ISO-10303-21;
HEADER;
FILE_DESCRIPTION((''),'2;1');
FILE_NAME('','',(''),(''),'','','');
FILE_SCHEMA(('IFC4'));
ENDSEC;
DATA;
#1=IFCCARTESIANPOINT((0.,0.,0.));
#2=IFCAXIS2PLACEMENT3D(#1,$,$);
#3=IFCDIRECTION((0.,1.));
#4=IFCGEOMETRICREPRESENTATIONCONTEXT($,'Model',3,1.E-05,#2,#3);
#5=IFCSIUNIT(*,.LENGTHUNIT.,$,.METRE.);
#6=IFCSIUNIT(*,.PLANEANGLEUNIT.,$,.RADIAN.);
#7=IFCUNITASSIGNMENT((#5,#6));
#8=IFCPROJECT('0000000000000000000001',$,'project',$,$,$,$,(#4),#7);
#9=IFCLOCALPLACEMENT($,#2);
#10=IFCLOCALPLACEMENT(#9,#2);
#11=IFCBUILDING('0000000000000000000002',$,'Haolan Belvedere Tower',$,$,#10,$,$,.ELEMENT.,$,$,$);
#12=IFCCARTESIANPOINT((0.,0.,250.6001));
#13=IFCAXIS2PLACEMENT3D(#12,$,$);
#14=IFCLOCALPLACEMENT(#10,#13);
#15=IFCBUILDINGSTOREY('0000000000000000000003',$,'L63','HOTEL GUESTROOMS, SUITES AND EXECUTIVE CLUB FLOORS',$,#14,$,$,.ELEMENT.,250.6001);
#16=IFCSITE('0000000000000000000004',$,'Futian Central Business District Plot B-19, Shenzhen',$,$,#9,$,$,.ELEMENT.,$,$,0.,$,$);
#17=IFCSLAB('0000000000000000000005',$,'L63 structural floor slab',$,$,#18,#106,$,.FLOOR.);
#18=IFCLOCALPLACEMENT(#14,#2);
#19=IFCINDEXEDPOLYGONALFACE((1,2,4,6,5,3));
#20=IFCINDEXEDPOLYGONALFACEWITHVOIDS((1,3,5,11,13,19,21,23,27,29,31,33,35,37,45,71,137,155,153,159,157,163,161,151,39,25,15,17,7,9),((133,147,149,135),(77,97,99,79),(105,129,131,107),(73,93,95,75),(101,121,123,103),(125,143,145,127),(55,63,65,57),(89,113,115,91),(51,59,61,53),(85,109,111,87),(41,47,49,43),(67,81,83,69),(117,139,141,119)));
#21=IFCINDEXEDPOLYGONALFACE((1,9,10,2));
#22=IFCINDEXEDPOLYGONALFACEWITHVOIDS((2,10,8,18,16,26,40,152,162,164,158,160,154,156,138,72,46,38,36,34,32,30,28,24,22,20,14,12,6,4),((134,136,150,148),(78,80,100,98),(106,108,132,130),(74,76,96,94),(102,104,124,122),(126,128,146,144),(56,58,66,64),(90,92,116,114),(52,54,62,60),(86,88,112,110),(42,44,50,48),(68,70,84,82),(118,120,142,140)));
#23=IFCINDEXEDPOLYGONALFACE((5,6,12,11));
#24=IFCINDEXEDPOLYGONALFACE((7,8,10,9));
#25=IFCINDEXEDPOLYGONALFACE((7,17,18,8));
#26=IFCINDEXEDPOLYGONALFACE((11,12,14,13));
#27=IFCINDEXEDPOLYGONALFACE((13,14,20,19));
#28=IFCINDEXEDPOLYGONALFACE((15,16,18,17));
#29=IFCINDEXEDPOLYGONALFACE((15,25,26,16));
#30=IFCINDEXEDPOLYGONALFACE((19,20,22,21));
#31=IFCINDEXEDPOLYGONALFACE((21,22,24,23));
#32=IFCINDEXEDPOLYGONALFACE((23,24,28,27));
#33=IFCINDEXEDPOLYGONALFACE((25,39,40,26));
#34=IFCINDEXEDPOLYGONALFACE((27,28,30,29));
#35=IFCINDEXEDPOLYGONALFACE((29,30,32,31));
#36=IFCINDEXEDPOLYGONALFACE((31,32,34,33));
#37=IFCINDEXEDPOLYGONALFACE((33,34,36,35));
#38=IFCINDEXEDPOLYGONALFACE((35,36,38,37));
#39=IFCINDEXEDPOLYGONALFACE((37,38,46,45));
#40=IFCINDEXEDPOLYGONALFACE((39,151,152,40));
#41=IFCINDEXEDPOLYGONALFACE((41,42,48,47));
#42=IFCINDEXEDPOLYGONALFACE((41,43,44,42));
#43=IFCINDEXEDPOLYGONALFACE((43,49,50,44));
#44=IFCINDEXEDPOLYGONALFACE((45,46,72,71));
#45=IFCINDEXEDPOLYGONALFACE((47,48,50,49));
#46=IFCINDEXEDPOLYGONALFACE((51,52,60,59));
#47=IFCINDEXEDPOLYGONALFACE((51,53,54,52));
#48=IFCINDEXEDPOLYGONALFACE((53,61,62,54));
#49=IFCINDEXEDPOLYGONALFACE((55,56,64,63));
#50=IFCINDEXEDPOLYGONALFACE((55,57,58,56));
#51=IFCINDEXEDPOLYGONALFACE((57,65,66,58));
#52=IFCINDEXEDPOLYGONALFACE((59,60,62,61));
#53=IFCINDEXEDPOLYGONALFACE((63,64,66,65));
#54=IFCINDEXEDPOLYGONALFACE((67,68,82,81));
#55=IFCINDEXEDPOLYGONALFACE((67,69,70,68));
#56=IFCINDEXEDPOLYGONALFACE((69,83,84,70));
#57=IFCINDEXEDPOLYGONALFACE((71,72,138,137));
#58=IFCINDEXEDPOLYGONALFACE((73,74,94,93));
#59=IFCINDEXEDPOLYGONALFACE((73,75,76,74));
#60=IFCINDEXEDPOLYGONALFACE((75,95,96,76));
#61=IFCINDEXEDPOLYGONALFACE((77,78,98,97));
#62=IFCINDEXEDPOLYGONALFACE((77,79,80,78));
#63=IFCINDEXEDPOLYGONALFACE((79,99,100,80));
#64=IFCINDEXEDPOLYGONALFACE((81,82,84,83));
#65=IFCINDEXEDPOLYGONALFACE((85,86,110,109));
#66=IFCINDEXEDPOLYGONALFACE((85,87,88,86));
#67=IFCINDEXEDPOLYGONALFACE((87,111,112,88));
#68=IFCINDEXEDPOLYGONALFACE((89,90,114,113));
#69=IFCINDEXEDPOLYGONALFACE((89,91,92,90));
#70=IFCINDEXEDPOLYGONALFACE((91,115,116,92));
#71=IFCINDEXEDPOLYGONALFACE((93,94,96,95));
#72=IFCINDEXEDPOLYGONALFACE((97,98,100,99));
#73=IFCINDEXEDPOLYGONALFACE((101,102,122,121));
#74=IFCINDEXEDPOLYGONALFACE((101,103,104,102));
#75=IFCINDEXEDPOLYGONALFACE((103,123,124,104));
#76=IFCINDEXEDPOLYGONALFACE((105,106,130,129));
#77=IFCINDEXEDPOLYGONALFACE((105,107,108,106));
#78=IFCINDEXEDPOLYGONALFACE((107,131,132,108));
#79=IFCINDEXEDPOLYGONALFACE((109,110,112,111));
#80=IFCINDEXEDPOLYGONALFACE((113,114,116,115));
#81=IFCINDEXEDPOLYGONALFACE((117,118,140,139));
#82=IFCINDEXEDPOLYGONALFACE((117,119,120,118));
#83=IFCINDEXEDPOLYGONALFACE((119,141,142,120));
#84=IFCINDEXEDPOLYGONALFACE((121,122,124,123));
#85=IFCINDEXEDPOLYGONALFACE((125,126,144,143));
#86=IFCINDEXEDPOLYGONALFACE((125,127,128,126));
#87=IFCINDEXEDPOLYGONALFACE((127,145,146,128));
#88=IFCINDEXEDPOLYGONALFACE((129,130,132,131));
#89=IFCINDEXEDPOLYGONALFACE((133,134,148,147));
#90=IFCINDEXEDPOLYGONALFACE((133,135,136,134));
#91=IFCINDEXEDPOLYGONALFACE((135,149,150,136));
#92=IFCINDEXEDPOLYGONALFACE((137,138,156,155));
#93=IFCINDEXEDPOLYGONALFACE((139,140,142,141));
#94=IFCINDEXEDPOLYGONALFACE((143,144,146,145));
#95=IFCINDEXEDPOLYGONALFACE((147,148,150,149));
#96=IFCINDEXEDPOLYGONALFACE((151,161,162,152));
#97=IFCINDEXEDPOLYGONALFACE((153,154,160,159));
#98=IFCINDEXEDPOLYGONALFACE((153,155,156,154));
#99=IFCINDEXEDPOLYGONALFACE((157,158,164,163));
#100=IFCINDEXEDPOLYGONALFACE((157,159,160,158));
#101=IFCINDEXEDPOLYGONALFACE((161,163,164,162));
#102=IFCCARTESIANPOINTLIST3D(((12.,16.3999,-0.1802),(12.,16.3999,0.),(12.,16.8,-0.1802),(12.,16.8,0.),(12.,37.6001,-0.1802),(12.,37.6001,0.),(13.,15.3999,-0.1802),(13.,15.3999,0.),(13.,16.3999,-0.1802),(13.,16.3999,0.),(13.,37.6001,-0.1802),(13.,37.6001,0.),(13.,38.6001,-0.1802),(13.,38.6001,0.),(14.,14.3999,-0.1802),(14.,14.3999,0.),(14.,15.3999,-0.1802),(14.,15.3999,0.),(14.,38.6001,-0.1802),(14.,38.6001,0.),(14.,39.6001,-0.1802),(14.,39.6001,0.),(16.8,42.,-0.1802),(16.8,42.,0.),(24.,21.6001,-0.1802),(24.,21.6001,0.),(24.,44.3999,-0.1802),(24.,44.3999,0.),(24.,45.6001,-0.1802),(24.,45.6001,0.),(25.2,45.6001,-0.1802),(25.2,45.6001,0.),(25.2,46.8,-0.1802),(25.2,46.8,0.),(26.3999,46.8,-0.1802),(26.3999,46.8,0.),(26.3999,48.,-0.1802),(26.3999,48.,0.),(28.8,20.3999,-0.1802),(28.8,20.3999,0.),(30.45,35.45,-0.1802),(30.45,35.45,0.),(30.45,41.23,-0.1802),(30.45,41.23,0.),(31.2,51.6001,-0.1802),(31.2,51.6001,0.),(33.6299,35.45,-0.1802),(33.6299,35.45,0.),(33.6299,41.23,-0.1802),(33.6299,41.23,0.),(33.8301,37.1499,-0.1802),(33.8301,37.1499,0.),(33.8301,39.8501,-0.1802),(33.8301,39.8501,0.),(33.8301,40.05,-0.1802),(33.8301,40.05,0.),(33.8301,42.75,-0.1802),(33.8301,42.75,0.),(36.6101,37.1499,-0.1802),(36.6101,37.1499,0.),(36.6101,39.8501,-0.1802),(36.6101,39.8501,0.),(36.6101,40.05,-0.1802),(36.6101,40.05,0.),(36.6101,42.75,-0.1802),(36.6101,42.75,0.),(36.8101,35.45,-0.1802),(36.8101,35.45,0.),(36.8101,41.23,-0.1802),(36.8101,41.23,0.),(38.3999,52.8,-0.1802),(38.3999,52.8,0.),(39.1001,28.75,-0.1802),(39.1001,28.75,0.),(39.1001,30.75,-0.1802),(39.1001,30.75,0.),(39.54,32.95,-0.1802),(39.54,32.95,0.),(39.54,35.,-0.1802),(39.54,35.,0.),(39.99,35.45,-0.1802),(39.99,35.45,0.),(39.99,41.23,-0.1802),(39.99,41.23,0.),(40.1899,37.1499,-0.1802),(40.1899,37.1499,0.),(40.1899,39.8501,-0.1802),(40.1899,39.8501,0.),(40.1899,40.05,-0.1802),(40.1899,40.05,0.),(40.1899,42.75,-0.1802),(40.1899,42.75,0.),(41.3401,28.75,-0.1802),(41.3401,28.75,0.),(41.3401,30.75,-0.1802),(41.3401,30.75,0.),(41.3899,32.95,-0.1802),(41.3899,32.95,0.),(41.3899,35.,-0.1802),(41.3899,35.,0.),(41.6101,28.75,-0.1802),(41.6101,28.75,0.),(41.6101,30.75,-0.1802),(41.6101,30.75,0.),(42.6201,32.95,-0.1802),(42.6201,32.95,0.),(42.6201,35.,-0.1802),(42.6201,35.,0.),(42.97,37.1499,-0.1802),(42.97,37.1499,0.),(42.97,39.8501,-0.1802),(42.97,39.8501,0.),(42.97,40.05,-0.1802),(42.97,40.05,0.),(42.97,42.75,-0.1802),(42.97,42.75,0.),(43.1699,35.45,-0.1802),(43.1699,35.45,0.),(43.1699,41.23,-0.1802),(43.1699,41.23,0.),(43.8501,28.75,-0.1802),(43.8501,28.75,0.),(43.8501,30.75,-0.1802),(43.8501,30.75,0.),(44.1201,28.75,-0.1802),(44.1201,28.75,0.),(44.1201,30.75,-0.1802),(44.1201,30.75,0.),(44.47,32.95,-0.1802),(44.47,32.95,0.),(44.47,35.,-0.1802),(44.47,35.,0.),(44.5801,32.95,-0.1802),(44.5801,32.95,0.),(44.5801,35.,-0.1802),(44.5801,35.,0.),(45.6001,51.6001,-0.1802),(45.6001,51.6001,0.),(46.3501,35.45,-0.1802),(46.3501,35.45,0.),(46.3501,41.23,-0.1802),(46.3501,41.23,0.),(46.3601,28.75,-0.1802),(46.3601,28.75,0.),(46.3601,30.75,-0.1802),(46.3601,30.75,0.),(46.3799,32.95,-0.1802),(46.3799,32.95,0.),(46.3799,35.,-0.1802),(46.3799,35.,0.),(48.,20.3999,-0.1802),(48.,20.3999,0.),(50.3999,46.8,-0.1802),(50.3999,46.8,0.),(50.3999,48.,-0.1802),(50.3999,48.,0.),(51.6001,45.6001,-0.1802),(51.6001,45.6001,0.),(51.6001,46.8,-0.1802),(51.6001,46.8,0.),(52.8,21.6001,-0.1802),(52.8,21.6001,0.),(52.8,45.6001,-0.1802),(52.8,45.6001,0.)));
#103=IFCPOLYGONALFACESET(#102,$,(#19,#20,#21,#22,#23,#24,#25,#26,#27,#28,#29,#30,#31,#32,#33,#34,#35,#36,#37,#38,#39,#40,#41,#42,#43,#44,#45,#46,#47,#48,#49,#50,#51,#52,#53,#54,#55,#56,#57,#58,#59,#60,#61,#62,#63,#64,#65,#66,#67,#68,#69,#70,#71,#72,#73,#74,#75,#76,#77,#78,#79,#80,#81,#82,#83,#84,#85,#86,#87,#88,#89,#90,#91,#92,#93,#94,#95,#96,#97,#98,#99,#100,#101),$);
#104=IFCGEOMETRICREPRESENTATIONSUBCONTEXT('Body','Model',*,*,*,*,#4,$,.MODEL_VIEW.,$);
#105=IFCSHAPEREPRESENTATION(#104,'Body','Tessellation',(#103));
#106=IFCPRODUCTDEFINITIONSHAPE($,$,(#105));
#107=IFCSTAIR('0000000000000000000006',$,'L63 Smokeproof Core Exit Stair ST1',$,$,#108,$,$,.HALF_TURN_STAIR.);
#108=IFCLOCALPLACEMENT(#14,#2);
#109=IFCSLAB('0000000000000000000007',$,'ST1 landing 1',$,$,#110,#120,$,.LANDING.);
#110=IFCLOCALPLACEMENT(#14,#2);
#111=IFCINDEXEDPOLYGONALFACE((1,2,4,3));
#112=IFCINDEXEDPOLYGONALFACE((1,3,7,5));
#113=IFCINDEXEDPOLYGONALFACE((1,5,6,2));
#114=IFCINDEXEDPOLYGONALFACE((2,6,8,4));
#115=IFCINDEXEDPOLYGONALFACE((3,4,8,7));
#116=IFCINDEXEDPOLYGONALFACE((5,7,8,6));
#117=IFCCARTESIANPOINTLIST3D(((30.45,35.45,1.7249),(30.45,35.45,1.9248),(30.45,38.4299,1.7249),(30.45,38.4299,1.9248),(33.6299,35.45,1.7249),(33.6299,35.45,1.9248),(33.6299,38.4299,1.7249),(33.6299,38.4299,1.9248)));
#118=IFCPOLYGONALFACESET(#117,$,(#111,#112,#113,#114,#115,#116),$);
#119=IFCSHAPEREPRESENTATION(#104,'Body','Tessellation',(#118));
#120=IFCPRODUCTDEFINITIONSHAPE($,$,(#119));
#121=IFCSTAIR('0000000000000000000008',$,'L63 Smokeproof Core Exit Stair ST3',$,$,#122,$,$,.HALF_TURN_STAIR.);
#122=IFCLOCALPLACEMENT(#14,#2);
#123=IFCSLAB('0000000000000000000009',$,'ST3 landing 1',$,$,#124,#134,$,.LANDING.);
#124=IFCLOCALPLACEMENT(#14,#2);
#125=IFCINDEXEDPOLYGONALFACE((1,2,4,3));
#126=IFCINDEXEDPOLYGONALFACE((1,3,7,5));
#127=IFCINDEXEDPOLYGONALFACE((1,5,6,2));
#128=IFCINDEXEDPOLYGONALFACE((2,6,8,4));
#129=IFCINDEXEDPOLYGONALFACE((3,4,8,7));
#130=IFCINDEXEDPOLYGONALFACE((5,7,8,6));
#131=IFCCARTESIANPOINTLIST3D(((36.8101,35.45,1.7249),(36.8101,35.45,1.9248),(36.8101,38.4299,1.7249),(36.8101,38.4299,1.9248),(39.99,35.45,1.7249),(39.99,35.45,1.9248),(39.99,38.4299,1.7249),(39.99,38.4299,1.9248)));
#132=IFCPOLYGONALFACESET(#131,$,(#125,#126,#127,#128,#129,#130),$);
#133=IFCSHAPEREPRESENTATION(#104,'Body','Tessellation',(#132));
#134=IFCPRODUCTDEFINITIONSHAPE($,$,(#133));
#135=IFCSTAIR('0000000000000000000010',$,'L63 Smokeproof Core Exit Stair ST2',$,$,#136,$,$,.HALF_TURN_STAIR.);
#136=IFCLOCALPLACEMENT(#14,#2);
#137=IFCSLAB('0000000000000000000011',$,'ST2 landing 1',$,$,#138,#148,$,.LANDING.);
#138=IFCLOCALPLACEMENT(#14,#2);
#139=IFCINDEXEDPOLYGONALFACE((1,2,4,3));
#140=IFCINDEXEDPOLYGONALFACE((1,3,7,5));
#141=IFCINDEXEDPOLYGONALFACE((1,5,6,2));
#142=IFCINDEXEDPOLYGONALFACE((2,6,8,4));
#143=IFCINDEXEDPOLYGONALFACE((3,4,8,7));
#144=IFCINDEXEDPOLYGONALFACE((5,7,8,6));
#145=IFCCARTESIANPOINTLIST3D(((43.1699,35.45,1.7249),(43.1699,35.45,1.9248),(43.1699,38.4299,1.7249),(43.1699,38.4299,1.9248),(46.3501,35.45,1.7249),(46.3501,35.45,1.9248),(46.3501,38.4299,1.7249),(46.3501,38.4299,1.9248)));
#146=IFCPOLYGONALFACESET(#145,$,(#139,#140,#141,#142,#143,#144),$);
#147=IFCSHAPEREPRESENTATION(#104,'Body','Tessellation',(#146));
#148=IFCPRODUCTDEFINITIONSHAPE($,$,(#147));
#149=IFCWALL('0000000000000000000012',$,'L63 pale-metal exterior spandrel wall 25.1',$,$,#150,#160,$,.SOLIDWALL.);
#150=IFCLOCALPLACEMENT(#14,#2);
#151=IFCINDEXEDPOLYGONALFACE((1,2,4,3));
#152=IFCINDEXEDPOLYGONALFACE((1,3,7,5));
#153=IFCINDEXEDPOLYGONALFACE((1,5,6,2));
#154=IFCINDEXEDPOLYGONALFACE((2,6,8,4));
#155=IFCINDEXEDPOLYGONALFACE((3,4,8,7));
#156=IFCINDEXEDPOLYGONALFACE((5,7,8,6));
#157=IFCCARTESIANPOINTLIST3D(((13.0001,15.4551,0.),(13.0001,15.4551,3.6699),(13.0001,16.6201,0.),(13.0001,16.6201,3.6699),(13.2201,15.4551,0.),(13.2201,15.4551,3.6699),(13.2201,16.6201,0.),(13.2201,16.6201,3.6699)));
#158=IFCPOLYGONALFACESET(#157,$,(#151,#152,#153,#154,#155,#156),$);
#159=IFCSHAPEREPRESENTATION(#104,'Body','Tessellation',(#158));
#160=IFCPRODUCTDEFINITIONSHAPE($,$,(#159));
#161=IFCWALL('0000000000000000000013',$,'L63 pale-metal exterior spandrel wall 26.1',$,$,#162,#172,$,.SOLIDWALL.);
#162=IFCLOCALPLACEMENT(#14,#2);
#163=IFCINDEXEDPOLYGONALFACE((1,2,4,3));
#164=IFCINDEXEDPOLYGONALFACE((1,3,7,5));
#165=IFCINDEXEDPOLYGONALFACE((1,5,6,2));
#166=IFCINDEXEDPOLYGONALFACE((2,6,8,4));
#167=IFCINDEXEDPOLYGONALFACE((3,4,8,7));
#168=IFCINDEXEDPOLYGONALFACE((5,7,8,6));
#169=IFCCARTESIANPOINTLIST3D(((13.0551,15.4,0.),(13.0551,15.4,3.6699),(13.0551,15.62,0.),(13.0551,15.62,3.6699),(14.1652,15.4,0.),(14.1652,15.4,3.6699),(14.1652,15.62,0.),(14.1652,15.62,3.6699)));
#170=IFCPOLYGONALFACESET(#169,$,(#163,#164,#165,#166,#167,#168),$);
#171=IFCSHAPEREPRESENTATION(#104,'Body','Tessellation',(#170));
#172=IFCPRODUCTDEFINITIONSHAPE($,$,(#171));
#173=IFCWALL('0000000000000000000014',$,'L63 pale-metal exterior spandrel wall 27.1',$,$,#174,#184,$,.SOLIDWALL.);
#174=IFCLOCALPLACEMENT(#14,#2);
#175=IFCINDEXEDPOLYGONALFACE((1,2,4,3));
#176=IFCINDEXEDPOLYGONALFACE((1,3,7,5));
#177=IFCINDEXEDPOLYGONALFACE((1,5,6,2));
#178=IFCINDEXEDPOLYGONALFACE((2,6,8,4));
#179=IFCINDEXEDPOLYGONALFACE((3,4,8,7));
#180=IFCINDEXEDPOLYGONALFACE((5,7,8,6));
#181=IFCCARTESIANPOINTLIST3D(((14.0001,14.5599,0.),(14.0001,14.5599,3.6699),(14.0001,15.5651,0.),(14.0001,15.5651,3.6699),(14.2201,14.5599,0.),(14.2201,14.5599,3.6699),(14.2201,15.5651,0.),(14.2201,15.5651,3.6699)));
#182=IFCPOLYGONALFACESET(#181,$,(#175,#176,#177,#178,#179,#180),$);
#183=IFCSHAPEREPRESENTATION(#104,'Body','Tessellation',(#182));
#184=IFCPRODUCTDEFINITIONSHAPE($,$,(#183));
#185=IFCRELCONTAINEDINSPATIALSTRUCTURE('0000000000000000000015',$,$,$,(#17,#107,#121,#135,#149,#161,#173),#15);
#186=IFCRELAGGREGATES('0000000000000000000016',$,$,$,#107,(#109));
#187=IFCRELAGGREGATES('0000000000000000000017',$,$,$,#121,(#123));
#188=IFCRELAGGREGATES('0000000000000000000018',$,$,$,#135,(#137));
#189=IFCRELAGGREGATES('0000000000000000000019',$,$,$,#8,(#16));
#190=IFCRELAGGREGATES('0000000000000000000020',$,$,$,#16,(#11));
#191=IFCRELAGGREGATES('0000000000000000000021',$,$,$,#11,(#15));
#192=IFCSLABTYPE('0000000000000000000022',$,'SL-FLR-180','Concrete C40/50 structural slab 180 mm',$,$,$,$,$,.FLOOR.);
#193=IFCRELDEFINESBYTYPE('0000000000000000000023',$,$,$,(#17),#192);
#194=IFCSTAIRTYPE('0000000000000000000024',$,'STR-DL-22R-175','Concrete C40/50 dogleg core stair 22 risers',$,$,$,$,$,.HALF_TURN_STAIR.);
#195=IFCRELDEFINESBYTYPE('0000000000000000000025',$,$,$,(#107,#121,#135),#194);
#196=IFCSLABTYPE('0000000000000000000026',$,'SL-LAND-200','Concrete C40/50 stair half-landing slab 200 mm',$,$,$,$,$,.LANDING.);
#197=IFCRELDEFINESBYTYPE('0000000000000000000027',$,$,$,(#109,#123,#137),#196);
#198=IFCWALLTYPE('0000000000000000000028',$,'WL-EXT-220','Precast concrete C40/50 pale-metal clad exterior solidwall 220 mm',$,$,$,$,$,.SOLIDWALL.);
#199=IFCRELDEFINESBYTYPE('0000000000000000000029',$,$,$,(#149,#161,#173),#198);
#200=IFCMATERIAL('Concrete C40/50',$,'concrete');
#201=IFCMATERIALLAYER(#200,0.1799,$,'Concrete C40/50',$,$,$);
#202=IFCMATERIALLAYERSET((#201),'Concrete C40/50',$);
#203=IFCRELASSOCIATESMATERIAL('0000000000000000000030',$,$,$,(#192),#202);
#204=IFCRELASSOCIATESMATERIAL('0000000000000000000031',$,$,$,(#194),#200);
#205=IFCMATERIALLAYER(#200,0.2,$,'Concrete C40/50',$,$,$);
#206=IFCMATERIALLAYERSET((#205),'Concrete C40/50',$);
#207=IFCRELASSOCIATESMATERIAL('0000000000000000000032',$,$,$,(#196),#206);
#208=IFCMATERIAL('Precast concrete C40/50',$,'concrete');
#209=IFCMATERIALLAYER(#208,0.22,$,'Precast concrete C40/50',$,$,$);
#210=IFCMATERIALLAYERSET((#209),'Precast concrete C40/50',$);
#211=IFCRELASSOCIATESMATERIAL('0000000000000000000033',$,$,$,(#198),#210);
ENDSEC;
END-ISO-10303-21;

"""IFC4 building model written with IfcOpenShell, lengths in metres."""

from ifc_helpers import new_model, si_unit, direction, frame, frame_2d, origin, place, context, subcontext, project, spatial, polyline, rectangle, outline, extrude, material, layer, layer_set, type_object, element, aggregate, save


model = new_model("IFC4")

# Units and contexts
model_context = context("Model", 3, precision=1e-05, world=origin(), true_north=direction((0.0, 1.0)))
body_context = subcontext(model_context, "Body", "Model", "MODEL_VIEW")
ifc_project = project(units=[si_unit("LENGTHUNIT", "METRE"), si_unit("PLANEANGLEUNIT", "RADIAN")], contexts=[model_context])

# Site, building, storey
site_placement = place(None, origin())
site = spatial("IfcSite", under=ifc_project, at=site_placement, Name="Futian Central Business District Plot B-19, Shenzhen", CompositionType="ELEMENT", RefElevation=0.0)
building_placement = place(site_placement, origin())
building = spatial("IfcBuilding", under=site, at=building_placement, Name="Haolan Belvedere Tower", CompositionType="ELEMENT")
storey_placement = place(building_placement, frame((0.0, 0.0, 250.6001)))
storey = spatial("IfcBuildingStorey", under=building, at=storey_placement, Name="L63", Description="HOTEL GUESTROOMS, SUITES AND EXECUTIVE CLUB FLOORS", CompositionType="ELEMENT", Elevation=250.6001)

# Slab
ifc_material_1 = material(Name="Concrete C40/50", Category="concrete")
ifc_layer_1 = layer(ifc_material_1, 0.1799, Name="Concrete C40/50")
ifc_layer_set_1 = layer_set([ifc_layer_1], Name="Concrete C40/50")
slab_type_1 = type_object("IfcSlabType", Name="SL-FLR-180", Description="Concrete C40/50 structural slab 180 mm", PredefinedType="FLOOR", material=ifc_layer_set_1)
slab_1_placement = place(storey_placement, frame((0.0, 0.0, -0.1802)))
element("IfcSlab", 1, at=slab_1_placement, inside=storey, type_object=slab_type_1, Name="L63 structural floor slab", PredefinedType="FLOOR", context=body_context, shape_type="SweptSolid", body=[
    extrude(outline(polyline([(24.0, 21.6001), (28.8, 20.3999), (48.0, 20.3999), (52.8, 21.6001), (52.8, 45.6001), (51.6001, 45.6001), (51.6001, 46.8), (50.3999, 46.8), (50.3999, 48.0), (45.6001, 51.6001), (38.3999, 52.8), (31.2, 51.6001), (26.3999, 48.0), (26.3999, 46.8), (25.2, 46.8), (25.2, 45.6001), (24.0, 45.6001), (24.0, 44.3999), (16.8, 42.0), (14.0, 39.6001), (14.0, 38.6001), (13.0, 38.6001), (13.0, 37.6001), (12.0, 37.6001), (12.0, 16.8), (12.0, 16.3999), (13.0, 16.3999), (13.0, 15.3999), (14.0, 15.3999), (14.0, 14.3999), (24.0, 21.6001)]), holes=[polyline([(30.45, 41.23), (30.45, 35.45), (33.6299, 35.45), (33.6299, 41.23), (30.45, 41.23)]), polyline([(36.8101, 41.23), (36.8101, 35.45), (39.99, 35.45), (39.99, 41.23), (36.8101, 41.23)]), polyline([(43.1699, 41.23), (43.1699, 35.45), (46.3501, 35.45), (46.3501, 41.23), (43.1699, 41.23)]), polyline([(33.8301, 40.05), (36.6101, 40.05), (36.6101, 42.75), (33.8301, 42.75), (33.8301, 40.05)]), polyline([(33.8301, 37.1499), (36.6101, 37.1499), (36.6101, 39.8501), (33.8301, 39.8501), (33.8301, 37.1499)]), polyline([(40.1899, 40.05), (42.97, 40.05), (42.97, 42.75), (40.1899, 42.75), (40.1899, 40.05)]), polyline([(40.1899, 37.1499), (42.97, 37.1499), (42.97, 39.8501), (40.1899, 39.8501), (40.1899, 37.1499)]), polyline([(39.54, 32.95), (41.3899, 32.95), (41.3899, 35.0), (39.54, 35.0), (39.54, 32.95)]), polyline([(42.6201, 32.95), (44.47, 32.95), (44.47, 35.0), (42.6201, 35.0), (42.6201, 32.95)]), polyline([(44.5801, 32.95), (46.3799, 32.95), (46.3799, 35.0), (44.5801, 35.0), (44.5801, 32.95)]), polyline([(39.1001, 28.75), (41.3401, 28.75), (41.3401, 30.75), (39.1001, 30.75), (39.1001, 28.75)]), polyline([(41.6101, 28.75), (43.8501, 28.75), (43.8501, 30.75), (41.6101, 30.75), (41.6101, 28.75)]), polyline([(44.1201, 28.75), (46.3601, 28.75), (46.3601, 30.75), (44.1201, 30.75), (44.1201, 28.75)])]), origin(), (0.0, 0.0, 1.0), 0.1802),
])

# Stairs, slabs
stair_type = type_object("IfcStairType", Name="STR-DL-22R-175", Description="Concrete C40/50 dogleg core stair 22 risers", PredefinedType="HALF_TURN_STAIR", material=ifc_material_1)
stair_1_placement = place(storey_placement, origin())
stair_1 = element("IfcStair", 2, at=stair_1_placement, inside=storey, type_object=stair_type, Name="L63 Smokeproof Core Exit Stair ST1", PredefinedType="HALF_TURN_STAIR")
ifc_layer_2 = layer(ifc_material_1, 0.2, Name="Concrete C40/50")
ifc_layer_set_2 = layer_set([ifc_layer_2], Name="Concrete C40/50")
slab_type_2 = type_object("IfcSlabType", Name="SL-LAND-200", Description="Concrete C40/50 stair half-landing slab 200 mm", PredefinedType="LANDING", material=ifc_layer_set_2)
slab_2_placement = place(storey_placement, frame((0.0, 0.0, 1.7249)))
slab_2 = element("IfcSlab", 3, at=slab_2_placement, type_object=slab_type_2, Name="ST1 landing 1", PredefinedType="LANDING", context=body_context, shape_type="SweptSolid", body=[
    extrude(outline(polyline([(30.45, 38.4299), (30.45, 35.45), (33.6299, 35.45), (33.6299, 38.4299), (30.45, 38.4299)])), origin(), (0.0, 0.0, 1.0), 0.2),
])
aggregate(stair_1, [slab_2])
stair_2_placement = place(storey_placement, origin())
stair_2 = element("IfcStair", 4, at=stair_2_placement, inside=storey, type_object=stair_type, Name="L63 Smokeproof Core Exit Stair ST3", PredefinedType="HALF_TURN_STAIR")
slab_3_placement = place(storey_placement, frame((0.0, 0.0, 1.7249)))
slab_3 = element("IfcSlab", 5, at=slab_3_placement, type_object=slab_type_2, Name="ST3 landing 1", PredefinedType="LANDING", context=body_context, shape_type="SweptSolid", body=[
    extrude(outline(polyline([(36.8101, 38.4299), (36.8101, 35.45), (39.99, 35.45), (39.99, 38.4299), (36.8101, 38.4299)])), origin(), (0.0, 0.0, 1.0), 0.2),
])
aggregate(stair_2, [slab_3])
stair_3_placement = place(storey_placement, origin())
stair_3 = element("IfcStair", 6, at=stair_3_placement, inside=storey, type_object=stair_type, Name="L63 Smokeproof Core Exit Stair ST2", PredefinedType="HALF_TURN_STAIR")
slab_4_placement = place(storey_placement, frame((0.0, 0.0, 1.7249)))
slab_4 = element("IfcSlab", 7, at=slab_4_placement, type_object=slab_type_2, Name="ST2 landing 1", PredefinedType="LANDING", context=body_context, shape_type="SweptSolid", body=[
    extrude(outline(polyline([(43.1699, 38.4299), (43.1699, 35.45), (46.3501, 35.45), (46.3501, 38.4299), (43.1699, 38.4299)])), origin(), (0.0, 0.0, 1.0), 0.2),
])
aggregate(stair_3, [slab_4])

# Walls
ifc_material_2 = material(Name="Precast concrete C40/50", Category="concrete")
ifc_layer_3 = layer(ifc_material_2, 0.22, Name="Precast concrete C40/50")
ifc_layer_set_3 = layer_set([ifc_layer_3], Name="Precast concrete C40/50")
wall_type_1 = type_object("IfcWallType", Name="WL-EXT-220", Description="Precast concrete C40/50 pale-metal clad exterior solidwall 220 mm", PredefinedType="SOLIDWALL", material=ifc_layer_set_3)
wall_1_placement = place(storey_placement, frame((13.1101, 16.6201, 0.0), z_axis=(0.0, 0.0, 1.0), x_axis=(0.0, -1.0, 0.0)))
element("IfcWall", 8, at=wall_1_placement, inside=storey, type_object=wall_type_1, Name="L63 pale-metal exterior spandrel wall 25.1", PredefinedType="SOLIDWALL", context=body_context, shape_type="SweptSolid", body=[
    extrude(rectangle(XDim=1.165, YDim=0.22, at=frame_2d((0.5825, 0.0))), origin(), (0.0, 0.0, 1.0), 3.6699),
])
wall_2_placement = place(storey_placement, frame((13.0549, 15.51, 0.0), z_axis=(0.0, 0.0, 1.0), x_axis=(1.0, 0.0, 0.0)))
element("IfcWall", 9, at=wall_2_placement, inside=storey, type_object=wall_type_1, Name="L63 pale-metal exterior spandrel wall 26.1", PredefinedType="SOLIDWALL", context=body_context, shape_type="SweptSolid", body=[
    extrude(rectangle(XDim=1.1101, YDim=0.22, at=frame_2d((0.5552, 0.0))), origin(), (0.0, 0.0, 1.0), 3.6699),
])
wall_3_placement = place(storey_placement, frame((14.1101, 15.5649, 0.0), z_axis=(0.0, 0.0, 1.0), x_axis=(0.0, -1.0, 0.0)))
element("IfcWall", 10, at=wall_3_placement, inside=storey, type_object=wall_type_1, Name="L63 pale-metal exterior spandrel wall 27.1", PredefinedType="SOLIDWALL", context=body_context, shape_type="SweptSolid", body=[
    extrude(rectangle(XDim=1.0051, YDim=0.22, at=frame_2d((0.5024, 0.0))), origin(), (0.0, 0.0, 1.0), 3.6699),
])

save(model, "model.ifc")
